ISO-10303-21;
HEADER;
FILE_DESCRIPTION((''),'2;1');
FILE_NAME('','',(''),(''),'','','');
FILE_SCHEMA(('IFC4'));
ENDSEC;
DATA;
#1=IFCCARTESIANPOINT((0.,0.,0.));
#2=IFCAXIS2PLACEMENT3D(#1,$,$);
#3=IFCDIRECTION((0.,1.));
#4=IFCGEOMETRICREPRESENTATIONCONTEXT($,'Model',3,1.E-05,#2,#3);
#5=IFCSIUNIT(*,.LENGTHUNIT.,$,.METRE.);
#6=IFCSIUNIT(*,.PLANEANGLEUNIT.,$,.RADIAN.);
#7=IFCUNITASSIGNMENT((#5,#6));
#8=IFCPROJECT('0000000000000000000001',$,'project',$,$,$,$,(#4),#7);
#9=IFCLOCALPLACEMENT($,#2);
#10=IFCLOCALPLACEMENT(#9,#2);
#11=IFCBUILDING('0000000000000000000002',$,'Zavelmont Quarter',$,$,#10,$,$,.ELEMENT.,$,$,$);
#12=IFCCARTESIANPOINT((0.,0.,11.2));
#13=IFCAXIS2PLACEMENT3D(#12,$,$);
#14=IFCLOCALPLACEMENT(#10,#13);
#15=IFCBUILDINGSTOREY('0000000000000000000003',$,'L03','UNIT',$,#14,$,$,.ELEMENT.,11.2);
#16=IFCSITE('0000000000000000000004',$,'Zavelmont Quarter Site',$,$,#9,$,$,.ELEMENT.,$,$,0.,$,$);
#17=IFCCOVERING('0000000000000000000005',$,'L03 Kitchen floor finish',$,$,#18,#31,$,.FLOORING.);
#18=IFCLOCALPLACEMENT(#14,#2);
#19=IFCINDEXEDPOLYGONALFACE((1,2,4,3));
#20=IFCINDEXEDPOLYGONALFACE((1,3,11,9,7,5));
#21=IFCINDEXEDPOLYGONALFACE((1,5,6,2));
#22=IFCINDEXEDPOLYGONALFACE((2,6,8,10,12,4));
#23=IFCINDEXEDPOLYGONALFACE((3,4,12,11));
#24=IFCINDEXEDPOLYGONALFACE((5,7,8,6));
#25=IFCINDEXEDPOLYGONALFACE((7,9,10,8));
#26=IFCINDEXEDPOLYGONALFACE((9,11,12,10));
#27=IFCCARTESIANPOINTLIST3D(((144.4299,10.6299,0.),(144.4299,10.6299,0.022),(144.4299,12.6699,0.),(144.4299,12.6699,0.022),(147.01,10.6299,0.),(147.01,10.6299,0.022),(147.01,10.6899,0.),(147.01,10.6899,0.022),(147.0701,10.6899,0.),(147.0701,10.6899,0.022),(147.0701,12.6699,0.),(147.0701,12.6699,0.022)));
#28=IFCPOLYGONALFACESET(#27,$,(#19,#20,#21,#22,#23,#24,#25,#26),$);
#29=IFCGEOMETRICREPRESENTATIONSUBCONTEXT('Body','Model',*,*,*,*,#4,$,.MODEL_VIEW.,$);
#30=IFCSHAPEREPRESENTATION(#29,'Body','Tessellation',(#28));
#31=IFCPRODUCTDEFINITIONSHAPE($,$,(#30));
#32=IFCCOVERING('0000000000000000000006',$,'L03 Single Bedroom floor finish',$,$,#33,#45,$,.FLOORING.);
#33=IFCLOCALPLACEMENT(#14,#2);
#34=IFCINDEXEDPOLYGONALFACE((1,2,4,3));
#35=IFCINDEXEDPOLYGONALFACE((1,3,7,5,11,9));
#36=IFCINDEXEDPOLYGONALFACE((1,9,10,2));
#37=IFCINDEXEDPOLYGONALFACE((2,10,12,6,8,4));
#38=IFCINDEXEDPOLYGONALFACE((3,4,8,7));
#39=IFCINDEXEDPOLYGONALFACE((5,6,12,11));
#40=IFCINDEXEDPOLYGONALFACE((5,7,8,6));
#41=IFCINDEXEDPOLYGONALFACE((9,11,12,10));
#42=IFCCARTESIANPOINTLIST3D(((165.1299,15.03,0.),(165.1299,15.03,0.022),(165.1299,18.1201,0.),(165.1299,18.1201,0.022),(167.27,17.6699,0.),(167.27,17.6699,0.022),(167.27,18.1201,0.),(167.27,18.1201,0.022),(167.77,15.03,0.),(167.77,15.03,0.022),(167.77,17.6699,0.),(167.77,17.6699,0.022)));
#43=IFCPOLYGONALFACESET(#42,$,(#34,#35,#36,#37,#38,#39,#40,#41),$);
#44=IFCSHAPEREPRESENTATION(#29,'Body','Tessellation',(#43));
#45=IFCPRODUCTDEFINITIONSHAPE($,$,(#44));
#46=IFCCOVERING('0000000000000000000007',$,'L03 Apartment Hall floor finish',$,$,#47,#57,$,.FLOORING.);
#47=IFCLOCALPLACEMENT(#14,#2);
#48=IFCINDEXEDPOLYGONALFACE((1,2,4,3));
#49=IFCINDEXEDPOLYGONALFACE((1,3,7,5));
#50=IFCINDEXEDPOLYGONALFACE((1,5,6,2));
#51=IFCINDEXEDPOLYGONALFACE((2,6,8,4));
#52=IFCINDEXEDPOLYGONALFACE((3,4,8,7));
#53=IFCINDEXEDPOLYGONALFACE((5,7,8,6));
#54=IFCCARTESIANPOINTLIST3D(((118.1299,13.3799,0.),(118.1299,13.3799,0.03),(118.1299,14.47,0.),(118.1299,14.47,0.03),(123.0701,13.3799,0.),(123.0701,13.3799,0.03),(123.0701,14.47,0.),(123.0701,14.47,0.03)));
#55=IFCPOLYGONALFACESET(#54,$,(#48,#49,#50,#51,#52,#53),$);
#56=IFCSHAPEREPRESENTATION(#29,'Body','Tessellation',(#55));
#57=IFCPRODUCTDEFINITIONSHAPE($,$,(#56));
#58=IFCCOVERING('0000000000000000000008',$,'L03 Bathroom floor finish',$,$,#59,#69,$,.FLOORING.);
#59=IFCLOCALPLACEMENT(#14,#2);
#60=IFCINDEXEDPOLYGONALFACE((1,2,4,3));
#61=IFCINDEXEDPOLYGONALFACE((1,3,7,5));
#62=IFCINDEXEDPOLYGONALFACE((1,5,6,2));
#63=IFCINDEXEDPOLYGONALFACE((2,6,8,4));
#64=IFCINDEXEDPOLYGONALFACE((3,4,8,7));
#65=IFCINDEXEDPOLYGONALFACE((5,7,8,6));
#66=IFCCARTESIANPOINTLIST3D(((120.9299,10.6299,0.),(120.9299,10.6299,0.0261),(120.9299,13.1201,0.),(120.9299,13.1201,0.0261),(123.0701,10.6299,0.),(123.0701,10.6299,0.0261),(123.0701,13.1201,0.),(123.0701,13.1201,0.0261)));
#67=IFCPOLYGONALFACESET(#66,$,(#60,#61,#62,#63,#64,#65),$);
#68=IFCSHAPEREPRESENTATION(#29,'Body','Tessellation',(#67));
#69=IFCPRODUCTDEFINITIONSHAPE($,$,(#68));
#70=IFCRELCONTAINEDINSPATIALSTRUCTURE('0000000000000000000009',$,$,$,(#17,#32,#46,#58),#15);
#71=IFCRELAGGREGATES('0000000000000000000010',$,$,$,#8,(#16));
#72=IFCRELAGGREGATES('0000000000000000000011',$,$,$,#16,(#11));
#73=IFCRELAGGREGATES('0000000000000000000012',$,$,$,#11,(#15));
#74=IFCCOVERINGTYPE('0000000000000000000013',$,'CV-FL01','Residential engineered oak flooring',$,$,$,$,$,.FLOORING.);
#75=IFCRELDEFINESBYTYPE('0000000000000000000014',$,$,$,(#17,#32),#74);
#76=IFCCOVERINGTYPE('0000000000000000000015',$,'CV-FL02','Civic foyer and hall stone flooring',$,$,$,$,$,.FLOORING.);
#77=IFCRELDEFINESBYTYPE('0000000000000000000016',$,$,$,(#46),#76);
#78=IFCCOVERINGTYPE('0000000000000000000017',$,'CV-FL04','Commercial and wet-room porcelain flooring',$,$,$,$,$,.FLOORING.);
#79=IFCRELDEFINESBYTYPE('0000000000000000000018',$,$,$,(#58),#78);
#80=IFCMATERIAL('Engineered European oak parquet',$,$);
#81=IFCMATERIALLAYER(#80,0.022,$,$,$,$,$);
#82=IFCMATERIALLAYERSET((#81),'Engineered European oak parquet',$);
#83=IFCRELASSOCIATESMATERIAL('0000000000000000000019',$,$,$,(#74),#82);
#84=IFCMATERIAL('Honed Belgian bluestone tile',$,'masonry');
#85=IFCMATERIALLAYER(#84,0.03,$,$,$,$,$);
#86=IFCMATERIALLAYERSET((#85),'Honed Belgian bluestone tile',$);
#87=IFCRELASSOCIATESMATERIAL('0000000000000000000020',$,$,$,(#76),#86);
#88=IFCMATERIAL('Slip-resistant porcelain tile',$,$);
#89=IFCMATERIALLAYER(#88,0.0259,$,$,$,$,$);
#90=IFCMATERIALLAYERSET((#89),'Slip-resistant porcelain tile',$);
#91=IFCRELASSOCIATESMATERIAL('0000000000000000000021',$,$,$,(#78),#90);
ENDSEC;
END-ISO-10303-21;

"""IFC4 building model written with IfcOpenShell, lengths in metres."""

from ifc_helpers import new_model, si_unit, direction, frame, origin, place, context, subcontext, project, spatial, polyline, outline, extrude, material, layer, layer_set, type_object, element, save


model = new_model("IFC4")

# Units and contexts
model_context = context("Model", 3, precision=1e-05, world=origin(), true_north=direction((0.0, 1.0)))
body_context = subcontext(model_context, "Body", "Model", "MODEL_VIEW")
ifc_project = project(units=[si_unit("LENGTHUNIT", "METRE"), si_unit("PLANEANGLEUNIT", "RADIAN")], contexts=[model_context])

# Site, building, storey
site_placement = place(None, origin())
site = spatial("IfcSite", under=ifc_project, at=site_placement, Name="Zavelmont Quarter Site", CompositionType="ELEMENT", RefElevation=0.0)
building_placement = place(site_placement, origin())
building = spatial("IfcBuilding", under=site, at=building_placement, Name="Zavelmont Quarter", CompositionType="ELEMENT")
storey_placement = place(building_placement, frame((0.0, 0.0, 11.2)))
storey = spatial("IfcBuildingStorey", under=building, at=storey_placement, Name="L03", Description="UNIT", CompositionType="ELEMENT", Elevation=11.2)

# Coverings
ifc_material_1 = material(Name="Engineered European oak parquet")
ifc_layer_1 = layer(ifc_material_1, 0.022)
ifc_layer_set_1 = layer_set([ifc_layer_1], Name="Engineered European oak parquet")
covering_type_1 = type_object("IfcCoveringType", Name="CV-FL01", Description="Residential engineered oak flooring", PredefinedType="FLOORING", material=ifc_layer_set_1)
covering_1_placement = place(storey_placement, origin())
element("IfcCovering", 1, at=covering_1_placement, inside=storey, type_object=covering_type_1, Name="L03 Kitchen floor finish", PredefinedType="FLOORING", context=body_context, shape_type="SweptSolid", body=[
    extrude(outline(polyline([(144.4299, 12.6699), (147.0701, 12.6699), (147.0701, 10.6899), (147.01, 10.6899), (147.01, 10.6299), (144.4299, 10.6299), (144.4299, 12.6699)])), origin(), (0.0, 0.0, 1.0), 0.022),
])
covering_2_placement = place(storey_placement, origin())
element("IfcCovering", 2, at=covering_2_placement, inside=storey, type_object=covering_type_1, Name="L03 Single Bedroom floor finish", PredefinedType="FLOORING", context=body_context, shape_type="SweptSolid", body=[
    extrude(outline(polyline([(165.1299, 18.1201), (167.27, 18.1201), (167.27, 17.6699), (167.77, 17.6699), (167.77, 15.03), (165.1299, 15.03), (165.1299, 18.1201)])), origin(), (0.0, 0.0, 1.0), 0.022),
])
ifc_material_2 = material(Name="Honed Belgian bluestone tile", Category="masonry")
ifc_layer_2 = layer(ifc_material_2, 0.03)
ifc_layer_set_2 = layer_set([ifc_layer_2], Name="Honed Belgian bluestone tile")
covering_type_2 = type_object("IfcCoveringType", Name="CV-FL02", Description="Civic foyer and hall stone flooring", PredefinedType="FLOORING", material=ifc_layer_set_2)
covering_3_placement = place(storey_placement, origin())
element("IfcCovering", 3, at=covering_3_placement, inside=storey, type_object=covering_type_2, Name="L03 Apartment Hall floor finish", PredefinedType="FLOORING", context=body_context, shape_type="SweptSolid", body=[
    extrude(outline(polyline([(118.1299, 14.47), (123.0701, 14.47), (123.0701, 13.3799), (118.1299, 13.3799), (118.1299, 14.47)])), origin(), (0.0, 0.0, 1.0), 0.03),
])
ifc_material_3 = material(Name="Slip-resistant porcelain tile")
ifc_layer_3 = layer(ifc_material_3, 0.0259)
ifc_layer_set_3 = layer_set([ifc_layer_3], Name="Slip-resistant porcelain tile")
covering_type_3 = type_object("IfcCoveringType", Name="CV-FL04", Description="Commercial and wet-room porcelain flooring", PredefinedType="FLOORING", material=ifc_layer_set_3)
covering_4_placement = place(storey_placement, origin())
element("IfcCovering", 4, at=covering_4_placement, inside=storey, type_object=covering_type_3, Name="L03 Bathroom floor finish", PredefinedType="FLOORING", context=body_context, shape_type="SweptSolid", body=[
    extrude(outline(polyline([(120.9299, 13.1201), (123.0701, 13.1201), (123.0701, 10.6299), (120.9299, 10.6299), (120.9299, 13.1201)])), origin(), (0.0, 0.0, 1.0), 0.0261),
])

save(model, "model.ifc")
